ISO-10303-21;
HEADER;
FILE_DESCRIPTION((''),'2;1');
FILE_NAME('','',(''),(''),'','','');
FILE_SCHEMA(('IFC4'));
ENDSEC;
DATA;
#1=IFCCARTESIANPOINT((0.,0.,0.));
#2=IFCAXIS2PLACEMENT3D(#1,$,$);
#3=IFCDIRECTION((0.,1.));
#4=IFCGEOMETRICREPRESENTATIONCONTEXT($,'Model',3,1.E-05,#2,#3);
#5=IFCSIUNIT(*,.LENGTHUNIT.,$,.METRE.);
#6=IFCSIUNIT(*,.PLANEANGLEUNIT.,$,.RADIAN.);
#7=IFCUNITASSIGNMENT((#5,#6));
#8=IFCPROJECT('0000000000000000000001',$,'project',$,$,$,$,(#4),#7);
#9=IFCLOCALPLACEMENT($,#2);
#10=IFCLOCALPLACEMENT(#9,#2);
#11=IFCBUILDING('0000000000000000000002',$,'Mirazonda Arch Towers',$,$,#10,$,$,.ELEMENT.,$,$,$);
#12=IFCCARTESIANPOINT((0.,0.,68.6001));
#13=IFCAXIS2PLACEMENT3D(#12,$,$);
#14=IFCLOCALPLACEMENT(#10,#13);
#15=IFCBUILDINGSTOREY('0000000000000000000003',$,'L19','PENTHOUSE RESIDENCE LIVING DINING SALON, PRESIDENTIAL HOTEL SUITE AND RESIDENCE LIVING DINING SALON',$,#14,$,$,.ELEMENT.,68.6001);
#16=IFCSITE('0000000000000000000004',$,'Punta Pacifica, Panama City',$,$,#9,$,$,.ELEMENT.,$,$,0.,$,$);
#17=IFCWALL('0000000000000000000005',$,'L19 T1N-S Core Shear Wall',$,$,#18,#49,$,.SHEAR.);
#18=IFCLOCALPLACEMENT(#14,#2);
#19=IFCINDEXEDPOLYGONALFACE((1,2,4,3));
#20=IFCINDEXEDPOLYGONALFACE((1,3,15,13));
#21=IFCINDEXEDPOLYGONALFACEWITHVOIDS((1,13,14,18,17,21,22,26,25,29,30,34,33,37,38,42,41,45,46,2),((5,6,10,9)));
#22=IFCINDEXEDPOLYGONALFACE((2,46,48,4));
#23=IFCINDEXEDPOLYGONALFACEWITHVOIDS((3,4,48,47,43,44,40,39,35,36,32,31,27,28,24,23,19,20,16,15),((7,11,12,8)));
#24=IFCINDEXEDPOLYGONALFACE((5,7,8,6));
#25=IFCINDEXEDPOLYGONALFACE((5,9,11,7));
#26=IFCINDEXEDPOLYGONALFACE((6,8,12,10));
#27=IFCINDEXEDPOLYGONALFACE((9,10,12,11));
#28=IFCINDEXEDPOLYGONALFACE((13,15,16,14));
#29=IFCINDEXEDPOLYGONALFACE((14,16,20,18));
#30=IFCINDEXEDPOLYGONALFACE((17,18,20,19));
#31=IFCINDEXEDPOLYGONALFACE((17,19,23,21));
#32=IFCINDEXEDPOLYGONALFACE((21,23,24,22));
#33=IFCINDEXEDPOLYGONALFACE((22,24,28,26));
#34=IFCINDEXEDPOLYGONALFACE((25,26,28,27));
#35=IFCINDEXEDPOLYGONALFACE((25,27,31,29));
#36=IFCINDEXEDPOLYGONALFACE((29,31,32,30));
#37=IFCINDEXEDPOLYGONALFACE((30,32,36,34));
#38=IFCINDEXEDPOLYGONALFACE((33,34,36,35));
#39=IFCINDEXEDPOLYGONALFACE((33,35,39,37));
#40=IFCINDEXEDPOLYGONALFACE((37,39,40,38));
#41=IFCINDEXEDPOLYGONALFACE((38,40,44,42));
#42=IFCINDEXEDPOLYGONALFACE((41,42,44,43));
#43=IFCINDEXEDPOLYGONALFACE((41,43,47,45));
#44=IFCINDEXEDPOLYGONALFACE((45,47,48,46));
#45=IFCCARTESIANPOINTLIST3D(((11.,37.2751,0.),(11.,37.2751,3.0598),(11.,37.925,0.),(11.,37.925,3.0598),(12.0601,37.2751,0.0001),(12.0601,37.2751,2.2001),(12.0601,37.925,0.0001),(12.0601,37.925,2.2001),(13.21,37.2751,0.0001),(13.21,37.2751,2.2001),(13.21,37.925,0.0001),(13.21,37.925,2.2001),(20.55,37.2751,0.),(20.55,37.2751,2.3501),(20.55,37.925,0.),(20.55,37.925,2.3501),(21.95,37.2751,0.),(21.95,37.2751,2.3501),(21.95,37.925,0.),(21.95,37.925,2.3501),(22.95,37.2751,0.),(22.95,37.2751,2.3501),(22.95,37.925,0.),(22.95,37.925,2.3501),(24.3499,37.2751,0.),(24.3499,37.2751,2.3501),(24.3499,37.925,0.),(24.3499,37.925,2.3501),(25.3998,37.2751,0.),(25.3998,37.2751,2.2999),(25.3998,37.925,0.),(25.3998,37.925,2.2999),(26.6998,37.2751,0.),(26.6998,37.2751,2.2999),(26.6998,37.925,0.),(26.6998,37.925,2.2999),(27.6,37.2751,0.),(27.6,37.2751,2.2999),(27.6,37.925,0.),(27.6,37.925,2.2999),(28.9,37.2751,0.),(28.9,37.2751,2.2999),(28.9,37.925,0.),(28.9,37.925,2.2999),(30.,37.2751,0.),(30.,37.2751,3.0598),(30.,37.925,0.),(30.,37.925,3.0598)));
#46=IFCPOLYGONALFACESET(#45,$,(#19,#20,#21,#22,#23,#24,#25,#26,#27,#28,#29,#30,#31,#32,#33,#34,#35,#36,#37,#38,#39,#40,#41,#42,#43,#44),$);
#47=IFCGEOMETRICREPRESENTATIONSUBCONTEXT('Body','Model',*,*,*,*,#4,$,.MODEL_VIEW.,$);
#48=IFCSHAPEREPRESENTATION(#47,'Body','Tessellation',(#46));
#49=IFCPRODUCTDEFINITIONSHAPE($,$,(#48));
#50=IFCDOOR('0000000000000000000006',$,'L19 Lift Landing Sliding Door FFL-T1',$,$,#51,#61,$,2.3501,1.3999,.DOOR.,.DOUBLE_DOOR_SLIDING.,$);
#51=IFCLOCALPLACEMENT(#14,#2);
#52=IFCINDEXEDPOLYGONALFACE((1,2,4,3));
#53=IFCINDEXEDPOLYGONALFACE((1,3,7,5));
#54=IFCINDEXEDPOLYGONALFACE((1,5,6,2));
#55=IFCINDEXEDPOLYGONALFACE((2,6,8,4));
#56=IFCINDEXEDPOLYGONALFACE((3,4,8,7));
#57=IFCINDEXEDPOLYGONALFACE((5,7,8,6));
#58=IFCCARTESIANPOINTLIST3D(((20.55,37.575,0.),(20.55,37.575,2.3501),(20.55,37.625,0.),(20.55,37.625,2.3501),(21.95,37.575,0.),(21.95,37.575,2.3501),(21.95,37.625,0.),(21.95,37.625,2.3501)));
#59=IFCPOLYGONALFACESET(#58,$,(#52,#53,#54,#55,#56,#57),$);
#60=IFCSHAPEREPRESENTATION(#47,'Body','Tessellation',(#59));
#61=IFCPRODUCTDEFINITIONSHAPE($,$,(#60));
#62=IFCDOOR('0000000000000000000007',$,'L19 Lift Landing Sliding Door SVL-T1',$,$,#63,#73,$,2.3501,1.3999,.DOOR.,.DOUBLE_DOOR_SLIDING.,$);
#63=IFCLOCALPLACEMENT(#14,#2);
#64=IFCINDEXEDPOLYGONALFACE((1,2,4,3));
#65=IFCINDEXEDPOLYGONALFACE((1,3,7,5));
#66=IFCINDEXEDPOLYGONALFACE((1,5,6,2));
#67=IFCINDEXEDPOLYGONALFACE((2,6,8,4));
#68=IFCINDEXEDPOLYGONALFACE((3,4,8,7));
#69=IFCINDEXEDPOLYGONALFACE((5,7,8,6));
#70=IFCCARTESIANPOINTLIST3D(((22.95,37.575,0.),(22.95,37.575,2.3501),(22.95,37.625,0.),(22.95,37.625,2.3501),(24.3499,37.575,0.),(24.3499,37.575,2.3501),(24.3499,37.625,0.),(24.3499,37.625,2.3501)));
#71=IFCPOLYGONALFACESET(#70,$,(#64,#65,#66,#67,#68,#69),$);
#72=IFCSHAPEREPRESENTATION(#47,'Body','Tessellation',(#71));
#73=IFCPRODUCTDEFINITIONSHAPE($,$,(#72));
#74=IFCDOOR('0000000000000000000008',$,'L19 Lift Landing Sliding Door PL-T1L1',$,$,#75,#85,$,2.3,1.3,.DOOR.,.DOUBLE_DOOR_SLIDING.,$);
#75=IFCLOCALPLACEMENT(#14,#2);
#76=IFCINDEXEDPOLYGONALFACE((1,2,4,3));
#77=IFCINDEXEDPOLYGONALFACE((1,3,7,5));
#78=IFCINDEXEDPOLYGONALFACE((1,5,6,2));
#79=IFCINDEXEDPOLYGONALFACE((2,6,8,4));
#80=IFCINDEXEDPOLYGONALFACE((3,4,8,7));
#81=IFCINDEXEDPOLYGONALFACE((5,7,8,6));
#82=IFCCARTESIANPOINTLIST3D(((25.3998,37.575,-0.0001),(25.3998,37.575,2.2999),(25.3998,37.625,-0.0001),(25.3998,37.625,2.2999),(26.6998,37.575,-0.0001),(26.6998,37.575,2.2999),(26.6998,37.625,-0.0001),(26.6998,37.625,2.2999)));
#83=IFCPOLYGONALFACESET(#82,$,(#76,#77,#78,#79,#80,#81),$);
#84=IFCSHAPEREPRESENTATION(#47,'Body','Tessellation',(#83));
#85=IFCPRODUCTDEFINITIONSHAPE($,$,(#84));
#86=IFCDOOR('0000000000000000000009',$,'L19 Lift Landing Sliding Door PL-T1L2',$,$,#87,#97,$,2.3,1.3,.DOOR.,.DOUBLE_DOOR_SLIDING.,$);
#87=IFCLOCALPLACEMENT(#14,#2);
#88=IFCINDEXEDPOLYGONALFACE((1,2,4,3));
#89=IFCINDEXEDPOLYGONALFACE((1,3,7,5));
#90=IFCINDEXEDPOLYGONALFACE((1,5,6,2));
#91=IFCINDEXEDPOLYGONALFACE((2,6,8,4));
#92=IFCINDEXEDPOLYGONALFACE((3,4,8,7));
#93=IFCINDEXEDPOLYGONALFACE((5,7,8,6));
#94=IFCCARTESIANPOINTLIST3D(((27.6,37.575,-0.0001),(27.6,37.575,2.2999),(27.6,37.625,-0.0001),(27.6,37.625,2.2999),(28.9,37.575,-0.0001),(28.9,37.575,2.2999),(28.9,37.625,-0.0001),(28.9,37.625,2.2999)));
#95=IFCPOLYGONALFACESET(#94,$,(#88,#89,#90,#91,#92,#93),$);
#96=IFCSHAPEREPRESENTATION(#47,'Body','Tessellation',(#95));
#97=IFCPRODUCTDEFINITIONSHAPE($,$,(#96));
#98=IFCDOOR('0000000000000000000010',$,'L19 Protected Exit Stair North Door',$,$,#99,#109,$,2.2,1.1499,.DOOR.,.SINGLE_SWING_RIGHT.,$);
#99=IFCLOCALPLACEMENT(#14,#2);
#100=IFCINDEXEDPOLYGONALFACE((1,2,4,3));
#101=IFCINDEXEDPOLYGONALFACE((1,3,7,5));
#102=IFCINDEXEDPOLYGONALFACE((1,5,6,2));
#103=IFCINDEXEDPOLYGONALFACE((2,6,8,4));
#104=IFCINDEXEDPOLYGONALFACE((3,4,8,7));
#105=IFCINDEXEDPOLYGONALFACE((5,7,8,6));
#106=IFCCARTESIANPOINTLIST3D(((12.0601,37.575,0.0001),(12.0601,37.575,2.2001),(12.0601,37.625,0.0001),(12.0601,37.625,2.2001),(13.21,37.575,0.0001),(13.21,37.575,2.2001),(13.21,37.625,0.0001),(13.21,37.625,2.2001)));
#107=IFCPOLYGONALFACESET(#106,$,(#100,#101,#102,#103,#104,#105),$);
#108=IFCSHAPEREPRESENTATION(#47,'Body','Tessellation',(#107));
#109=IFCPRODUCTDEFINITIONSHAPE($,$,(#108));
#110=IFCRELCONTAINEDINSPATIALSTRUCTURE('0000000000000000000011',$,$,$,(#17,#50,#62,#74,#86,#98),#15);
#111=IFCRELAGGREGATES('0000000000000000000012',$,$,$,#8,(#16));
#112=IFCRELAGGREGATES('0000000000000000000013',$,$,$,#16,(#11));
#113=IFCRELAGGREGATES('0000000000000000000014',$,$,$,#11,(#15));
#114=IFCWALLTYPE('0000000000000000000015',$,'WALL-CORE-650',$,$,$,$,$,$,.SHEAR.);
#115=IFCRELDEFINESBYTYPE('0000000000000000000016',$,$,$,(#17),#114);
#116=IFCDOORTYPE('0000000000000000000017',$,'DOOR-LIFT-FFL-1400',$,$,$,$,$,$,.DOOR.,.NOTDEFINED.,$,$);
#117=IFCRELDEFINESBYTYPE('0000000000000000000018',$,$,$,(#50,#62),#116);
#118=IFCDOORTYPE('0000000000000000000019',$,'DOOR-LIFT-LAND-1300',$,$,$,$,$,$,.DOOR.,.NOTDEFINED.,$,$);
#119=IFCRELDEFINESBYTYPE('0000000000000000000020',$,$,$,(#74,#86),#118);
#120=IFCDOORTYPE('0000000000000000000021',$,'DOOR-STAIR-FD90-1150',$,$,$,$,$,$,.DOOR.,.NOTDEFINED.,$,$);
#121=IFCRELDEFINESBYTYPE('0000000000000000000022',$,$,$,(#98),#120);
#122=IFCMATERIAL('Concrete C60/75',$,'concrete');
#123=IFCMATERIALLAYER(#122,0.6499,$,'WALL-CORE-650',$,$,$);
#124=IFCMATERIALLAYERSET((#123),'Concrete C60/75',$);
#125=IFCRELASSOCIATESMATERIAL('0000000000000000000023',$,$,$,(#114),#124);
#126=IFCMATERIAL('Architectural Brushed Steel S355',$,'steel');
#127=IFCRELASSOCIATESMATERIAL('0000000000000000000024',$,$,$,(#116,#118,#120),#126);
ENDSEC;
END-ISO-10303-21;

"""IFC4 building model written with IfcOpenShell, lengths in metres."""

from ifc_helpers import new_model, si_unit, direction, frame, frame_2d, origin, place, context, subcontext, project, spatial, rectangle, extrude, material, layer, layer_set, type_object, element, fill, save


model = new_model("IFC4")

# Units and contexts
model_context = context("Model", 3, precision=1e-05, world=origin(), true_north=direction((0.0, 1.0)))
body_context = subcontext(model_context, "Body", "Model", "MODEL_VIEW")
ifc_project = project(units=[si_unit("LENGTHUNIT", "METRE"), si_unit("PLANEANGLEUNIT", "RADIAN")], contexts=[model_context])

# Site, building, storey
site_placement = place(None, origin())
site = spatial("IfcSite", under=ifc_project, at=site_placement, Name="Punta Pacifica, Panama City", CompositionType="ELEMENT", RefElevation=0.0)
building_placement = place(site_placement, origin())
building = spatial("IfcBuilding", under=site, at=building_placement, Name="Mirazonda Arch Towers", CompositionType="ELEMENT")
storey_placement = place(building_placement, frame((0.0, 0.0, 68.6001)))
storey = spatial("IfcBuildingStorey", under=building, at=storey_placement, Name="L19", Description="PENTHOUSE RESIDENCE LIVING DINING SALON, PRESIDENTIAL HOTEL SUITE AND RESIDENCE LIVING DINING SALON", CompositionType="ELEMENT", Elevation=68.6001)

# Shared definitions
ifc_material_1 = material(Name="Concrete C60/75", Category="concrete")

# Shared definitions
ifc_layer_1 = layer(ifc_material_1, 0.6499, Name="WALL-CORE-650")
ifc_layer_set_1 = layer_set([ifc_layer_1], Name="Concrete C60/75")
wall_type_1 = type_object("IfcWallType", Name="WALL-CORE-650", PredefinedType="SHEAR", material=ifc_layer_set_1)

# Wall, openings, doors
wall_1_placement = place(storey_placement, frame((11.0, 37.6001, 0.0), z_axis=(0.0, 0.0, 1.0), x_axis=(1.0, 0.0, 0.0)))
wall_1 = element("IfcWall", 1, at=wall_1_placement, inside=storey, type_object=wall_type_1, Name="L19 T1N-S Core Shear Wall", PredefinedType="SHEAR", context=body_context, shape_type="SweptSolid", body=[
    extrude(rectangle(XDim=19.0, YDim=0.6499, at=frame_2d((9.5, 0.0))), origin(), (0.0, 0.0, 1.0), 3.0598),
])
opening_1_placement = place(wall_1_placement, frame((1.0601, 0.0, 0.0)))
opening_1 = element("IfcOpeningElement", 2, at=opening_1_placement, cuts=wall_1, PredefinedType="OPENING", context=body_context, shape_type="SweptSolid", body=[
    extrude(rectangle(XDim=1.1499, YDim=2.2, at=frame_2d((0.575, 1.1001))), frame((0.0, 0.335, 0.0), z_axis=(0.0, -1.0, 0.0), x_axis=(1.0, 0.0, 0.0)), (0.0, 0.0, 1.0), 0.6699),
])
opening_2_placement = place(wall_1_placement, frame((9.55, 0.0, 0.0)))
opening_2 = element("IfcOpeningElement", 3, at=opening_2_placement, cuts=wall_1, PredefinedType="OPENING", context=body_context, shape_type="SweptSolid", body=[
    extrude(rectangle(XDim=1.3999, YDim=2.3501, at=frame_2d((0.7, 1.175))), frame((0.0, 0.335, 0.0), z_axis=(0.0, -1.0, 0.0), x_axis=(1.0, 0.0, 0.0)), (0.0, 0.0, 1.0), 0.6699),
])
opening_3_placement = place(wall_1_placement, frame((11.95, 0.0, 0.0)))
opening_3 = element("IfcOpeningElement", 4, at=opening_3_placement, cuts=wall_1, PredefinedType="OPENING", context=body_context, shape_type="SweptSolid", body=[
    extrude(rectangle(XDim=1.3999, YDim=2.3501, at=frame_2d((0.7, 1.175))), frame((0.0, 0.335, 0.0), z_axis=(0.0, -1.0, 0.0), x_axis=(1.0, 0.0, 0.0)), (0.0, 0.0, 1.0), 0.6699),
])
opening_4_placement = place(wall_1_placement, frame((14.3999, 0.0, 0.0)))
opening_4 = element("IfcOpeningElement", 5, at=opening_4_placement, cuts=wall_1, PredefinedType="OPENING", context=body_context, shape_type="SweptSolid", body=[
    extrude(rectangle(XDim=1.3, YDim=2.3, at=frame_2d((0.6499, 1.1499))), frame((0.0, 0.335, 0.0), z_axis=(0.0, -1.0, 0.0), x_axis=(1.0, 0.0, 0.0)), (0.0, 0.0, 1.0), 0.6699),
])
opening_5_placement = place(wall_1_placement, frame((16.6001, 0.0, 0.0)))
opening_5 = element("IfcOpeningElement", 6, at=opening_5_placement, cuts=wall_1, PredefinedType="OPENING", context=body_context, shape_type="SweptSolid", body=[
    extrude(rectangle(XDim=1.3, YDim=2.3, at=frame_2d((0.6499, 1.1499))), frame((0.0, 0.335, 0.0), z_axis=(0.0, -1.0, 0.0), x_axis=(1.0, 0.0, 0.0)), (0.0, 0.0, 1.0), 0.6699),
])
ifc_material_2 = material(Name="Architectural Brushed Steel S355", Category="steel")
door_type_1 = type_object("IfcDoorType", Name="DOOR-LIFT-FFL-1400", OperationType="NOTDEFINED", PredefinedType="DOOR", material=ifc_material_2)
door_1_placement = place(opening_2_placement, origin())
door_1 = element("IfcDoor", 7, at=door_1_placement, inside=storey, type_object=door_type_1, Name="L19 Lift Landing Sliding Door FFL-T1", OperationType="DOUBLE_DOOR_SLIDING", OverallHeight=2.3501, OverallWidth=1.3999, PredefinedType="DOOR", context=body_context, shape_type="SweptSolid", body=[
    extrude(rectangle(XDim=1.3999, YDim=2.3501, at=frame_2d((0.7, 1.175))), frame((0.0, 0.0249, 0.0), z_axis=(0.0, -1.0, 0.0), x_axis=(1.0, 0.0, 0.0)), (0.0, 0.0, 1.0), 0.05),
])
fill(opening_2, door_1)
door_2_placement = place(opening_3_placement, origin())
door_2 = element("IfcDoor", 8, at=door_2_placement, inside=storey, type_object=door_type_1, Name="L19 Lift Landing Sliding Door SVL-T1", OperationType="DOUBLE_DOOR_SLIDING", OverallHeight=2.3501, OverallWidth=1.3999, PredefinedType="DOOR", context=body_context, shape_type="SweptSolid", body=[
    extrude(rectangle(XDim=1.3999, YDim=2.3501, at=frame_2d((0.7, 1.175))), frame((0.0, 0.0249, 0.0), z_axis=(0.0, -1.0, 0.0), x_axis=(1.0, 0.0, 0.0)), (0.0, 0.0, 1.0), 0.05),
])
fill(opening_3, door_2)
door_type_2 = type_object("IfcDoorType", Name="DOOR-LIFT-LAND-1300", OperationType="NOTDEFINED", PredefinedType="DOOR", material=ifc_material_2)
door_3_placement = place(opening_4_placement, origin())
door_3 = element("IfcDoor", 9, at=door_3_placement, inside=storey, type_object=door_type_2, Name="L19 Lift Landing Sliding Door PL-T1L1", OperationType="DOUBLE_DOOR_SLIDING", OverallHeight=2.3, OverallWidth=1.3, PredefinedType="DOOR", context=body_context, shape_type="SweptSolid", body=[
    extrude(rectangle(XDim=1.3, YDim=2.3, at=frame_2d((0.6499, 1.1499))), frame((0.0, 0.0249, 0.0), z_axis=(0.0, -1.0, 0.0), x_axis=(1.0, 0.0, 0.0)), (0.0, 0.0, 1.0), 0.05),
])
fill(opening_4, door_3)
door_4_placement = place(opening_5_placement, origin())
door_4 = element("IfcDoor", 10, at=door_4_placement, inside=storey, type_object=door_type_2, Name="L19 Lift Landing Sliding Door PL-T1L2", OperationType="DOUBLE_DOOR_SLIDING", OverallHeight=2.3, OverallWidth=1.3, PredefinedType="DOOR", context=body_context, shape_type="SweptSolid", body=[
    extrude(rectangle(XDim=1.3, YDim=2.3, at=frame_2d((0.6499, 1.1499))), frame((0.0, 0.0249, 0.0), z_axis=(0.0, -1.0, 0.0), x_axis=(1.0, 0.0, 0.0)), (0.0, 0.0, 1.0), 0.05),
])
fill(opening_5, door_4)
door_type_3 = type_object("IfcDoorType", Name="DOOR-STAIR-FD90-1150", OperationType="NOTDEFINED", PredefinedType="DOOR", material=ifc_material_2)
door_5_placement = place(opening_1_placement, origin())
door_5 = element("IfcDoor", 11, at=door_5_placement, inside=storey, type_object=door_type_3, Name="L19 Protected Exit Stair North Door", OperationType="SINGLE_SWING_RIGHT", OverallHeight=2.2, OverallWidth=1.1499, PredefinedType="DOOR", context=body_context, shape_type="SweptSolid", body=[
    extrude(rectangle(XDim=1.1499, YDim=2.2, at=frame_2d((0.575, 1.1001))), frame((0.0, 0.0249, 0.0), z_axis=(0.0, -1.0, 0.0), x_axis=(1.0, 0.0, 0.0)), (0.0, 0.0, 1.0), 0.05),
])
fill(opening_1, door_5)

save(model, "model.ifc")
